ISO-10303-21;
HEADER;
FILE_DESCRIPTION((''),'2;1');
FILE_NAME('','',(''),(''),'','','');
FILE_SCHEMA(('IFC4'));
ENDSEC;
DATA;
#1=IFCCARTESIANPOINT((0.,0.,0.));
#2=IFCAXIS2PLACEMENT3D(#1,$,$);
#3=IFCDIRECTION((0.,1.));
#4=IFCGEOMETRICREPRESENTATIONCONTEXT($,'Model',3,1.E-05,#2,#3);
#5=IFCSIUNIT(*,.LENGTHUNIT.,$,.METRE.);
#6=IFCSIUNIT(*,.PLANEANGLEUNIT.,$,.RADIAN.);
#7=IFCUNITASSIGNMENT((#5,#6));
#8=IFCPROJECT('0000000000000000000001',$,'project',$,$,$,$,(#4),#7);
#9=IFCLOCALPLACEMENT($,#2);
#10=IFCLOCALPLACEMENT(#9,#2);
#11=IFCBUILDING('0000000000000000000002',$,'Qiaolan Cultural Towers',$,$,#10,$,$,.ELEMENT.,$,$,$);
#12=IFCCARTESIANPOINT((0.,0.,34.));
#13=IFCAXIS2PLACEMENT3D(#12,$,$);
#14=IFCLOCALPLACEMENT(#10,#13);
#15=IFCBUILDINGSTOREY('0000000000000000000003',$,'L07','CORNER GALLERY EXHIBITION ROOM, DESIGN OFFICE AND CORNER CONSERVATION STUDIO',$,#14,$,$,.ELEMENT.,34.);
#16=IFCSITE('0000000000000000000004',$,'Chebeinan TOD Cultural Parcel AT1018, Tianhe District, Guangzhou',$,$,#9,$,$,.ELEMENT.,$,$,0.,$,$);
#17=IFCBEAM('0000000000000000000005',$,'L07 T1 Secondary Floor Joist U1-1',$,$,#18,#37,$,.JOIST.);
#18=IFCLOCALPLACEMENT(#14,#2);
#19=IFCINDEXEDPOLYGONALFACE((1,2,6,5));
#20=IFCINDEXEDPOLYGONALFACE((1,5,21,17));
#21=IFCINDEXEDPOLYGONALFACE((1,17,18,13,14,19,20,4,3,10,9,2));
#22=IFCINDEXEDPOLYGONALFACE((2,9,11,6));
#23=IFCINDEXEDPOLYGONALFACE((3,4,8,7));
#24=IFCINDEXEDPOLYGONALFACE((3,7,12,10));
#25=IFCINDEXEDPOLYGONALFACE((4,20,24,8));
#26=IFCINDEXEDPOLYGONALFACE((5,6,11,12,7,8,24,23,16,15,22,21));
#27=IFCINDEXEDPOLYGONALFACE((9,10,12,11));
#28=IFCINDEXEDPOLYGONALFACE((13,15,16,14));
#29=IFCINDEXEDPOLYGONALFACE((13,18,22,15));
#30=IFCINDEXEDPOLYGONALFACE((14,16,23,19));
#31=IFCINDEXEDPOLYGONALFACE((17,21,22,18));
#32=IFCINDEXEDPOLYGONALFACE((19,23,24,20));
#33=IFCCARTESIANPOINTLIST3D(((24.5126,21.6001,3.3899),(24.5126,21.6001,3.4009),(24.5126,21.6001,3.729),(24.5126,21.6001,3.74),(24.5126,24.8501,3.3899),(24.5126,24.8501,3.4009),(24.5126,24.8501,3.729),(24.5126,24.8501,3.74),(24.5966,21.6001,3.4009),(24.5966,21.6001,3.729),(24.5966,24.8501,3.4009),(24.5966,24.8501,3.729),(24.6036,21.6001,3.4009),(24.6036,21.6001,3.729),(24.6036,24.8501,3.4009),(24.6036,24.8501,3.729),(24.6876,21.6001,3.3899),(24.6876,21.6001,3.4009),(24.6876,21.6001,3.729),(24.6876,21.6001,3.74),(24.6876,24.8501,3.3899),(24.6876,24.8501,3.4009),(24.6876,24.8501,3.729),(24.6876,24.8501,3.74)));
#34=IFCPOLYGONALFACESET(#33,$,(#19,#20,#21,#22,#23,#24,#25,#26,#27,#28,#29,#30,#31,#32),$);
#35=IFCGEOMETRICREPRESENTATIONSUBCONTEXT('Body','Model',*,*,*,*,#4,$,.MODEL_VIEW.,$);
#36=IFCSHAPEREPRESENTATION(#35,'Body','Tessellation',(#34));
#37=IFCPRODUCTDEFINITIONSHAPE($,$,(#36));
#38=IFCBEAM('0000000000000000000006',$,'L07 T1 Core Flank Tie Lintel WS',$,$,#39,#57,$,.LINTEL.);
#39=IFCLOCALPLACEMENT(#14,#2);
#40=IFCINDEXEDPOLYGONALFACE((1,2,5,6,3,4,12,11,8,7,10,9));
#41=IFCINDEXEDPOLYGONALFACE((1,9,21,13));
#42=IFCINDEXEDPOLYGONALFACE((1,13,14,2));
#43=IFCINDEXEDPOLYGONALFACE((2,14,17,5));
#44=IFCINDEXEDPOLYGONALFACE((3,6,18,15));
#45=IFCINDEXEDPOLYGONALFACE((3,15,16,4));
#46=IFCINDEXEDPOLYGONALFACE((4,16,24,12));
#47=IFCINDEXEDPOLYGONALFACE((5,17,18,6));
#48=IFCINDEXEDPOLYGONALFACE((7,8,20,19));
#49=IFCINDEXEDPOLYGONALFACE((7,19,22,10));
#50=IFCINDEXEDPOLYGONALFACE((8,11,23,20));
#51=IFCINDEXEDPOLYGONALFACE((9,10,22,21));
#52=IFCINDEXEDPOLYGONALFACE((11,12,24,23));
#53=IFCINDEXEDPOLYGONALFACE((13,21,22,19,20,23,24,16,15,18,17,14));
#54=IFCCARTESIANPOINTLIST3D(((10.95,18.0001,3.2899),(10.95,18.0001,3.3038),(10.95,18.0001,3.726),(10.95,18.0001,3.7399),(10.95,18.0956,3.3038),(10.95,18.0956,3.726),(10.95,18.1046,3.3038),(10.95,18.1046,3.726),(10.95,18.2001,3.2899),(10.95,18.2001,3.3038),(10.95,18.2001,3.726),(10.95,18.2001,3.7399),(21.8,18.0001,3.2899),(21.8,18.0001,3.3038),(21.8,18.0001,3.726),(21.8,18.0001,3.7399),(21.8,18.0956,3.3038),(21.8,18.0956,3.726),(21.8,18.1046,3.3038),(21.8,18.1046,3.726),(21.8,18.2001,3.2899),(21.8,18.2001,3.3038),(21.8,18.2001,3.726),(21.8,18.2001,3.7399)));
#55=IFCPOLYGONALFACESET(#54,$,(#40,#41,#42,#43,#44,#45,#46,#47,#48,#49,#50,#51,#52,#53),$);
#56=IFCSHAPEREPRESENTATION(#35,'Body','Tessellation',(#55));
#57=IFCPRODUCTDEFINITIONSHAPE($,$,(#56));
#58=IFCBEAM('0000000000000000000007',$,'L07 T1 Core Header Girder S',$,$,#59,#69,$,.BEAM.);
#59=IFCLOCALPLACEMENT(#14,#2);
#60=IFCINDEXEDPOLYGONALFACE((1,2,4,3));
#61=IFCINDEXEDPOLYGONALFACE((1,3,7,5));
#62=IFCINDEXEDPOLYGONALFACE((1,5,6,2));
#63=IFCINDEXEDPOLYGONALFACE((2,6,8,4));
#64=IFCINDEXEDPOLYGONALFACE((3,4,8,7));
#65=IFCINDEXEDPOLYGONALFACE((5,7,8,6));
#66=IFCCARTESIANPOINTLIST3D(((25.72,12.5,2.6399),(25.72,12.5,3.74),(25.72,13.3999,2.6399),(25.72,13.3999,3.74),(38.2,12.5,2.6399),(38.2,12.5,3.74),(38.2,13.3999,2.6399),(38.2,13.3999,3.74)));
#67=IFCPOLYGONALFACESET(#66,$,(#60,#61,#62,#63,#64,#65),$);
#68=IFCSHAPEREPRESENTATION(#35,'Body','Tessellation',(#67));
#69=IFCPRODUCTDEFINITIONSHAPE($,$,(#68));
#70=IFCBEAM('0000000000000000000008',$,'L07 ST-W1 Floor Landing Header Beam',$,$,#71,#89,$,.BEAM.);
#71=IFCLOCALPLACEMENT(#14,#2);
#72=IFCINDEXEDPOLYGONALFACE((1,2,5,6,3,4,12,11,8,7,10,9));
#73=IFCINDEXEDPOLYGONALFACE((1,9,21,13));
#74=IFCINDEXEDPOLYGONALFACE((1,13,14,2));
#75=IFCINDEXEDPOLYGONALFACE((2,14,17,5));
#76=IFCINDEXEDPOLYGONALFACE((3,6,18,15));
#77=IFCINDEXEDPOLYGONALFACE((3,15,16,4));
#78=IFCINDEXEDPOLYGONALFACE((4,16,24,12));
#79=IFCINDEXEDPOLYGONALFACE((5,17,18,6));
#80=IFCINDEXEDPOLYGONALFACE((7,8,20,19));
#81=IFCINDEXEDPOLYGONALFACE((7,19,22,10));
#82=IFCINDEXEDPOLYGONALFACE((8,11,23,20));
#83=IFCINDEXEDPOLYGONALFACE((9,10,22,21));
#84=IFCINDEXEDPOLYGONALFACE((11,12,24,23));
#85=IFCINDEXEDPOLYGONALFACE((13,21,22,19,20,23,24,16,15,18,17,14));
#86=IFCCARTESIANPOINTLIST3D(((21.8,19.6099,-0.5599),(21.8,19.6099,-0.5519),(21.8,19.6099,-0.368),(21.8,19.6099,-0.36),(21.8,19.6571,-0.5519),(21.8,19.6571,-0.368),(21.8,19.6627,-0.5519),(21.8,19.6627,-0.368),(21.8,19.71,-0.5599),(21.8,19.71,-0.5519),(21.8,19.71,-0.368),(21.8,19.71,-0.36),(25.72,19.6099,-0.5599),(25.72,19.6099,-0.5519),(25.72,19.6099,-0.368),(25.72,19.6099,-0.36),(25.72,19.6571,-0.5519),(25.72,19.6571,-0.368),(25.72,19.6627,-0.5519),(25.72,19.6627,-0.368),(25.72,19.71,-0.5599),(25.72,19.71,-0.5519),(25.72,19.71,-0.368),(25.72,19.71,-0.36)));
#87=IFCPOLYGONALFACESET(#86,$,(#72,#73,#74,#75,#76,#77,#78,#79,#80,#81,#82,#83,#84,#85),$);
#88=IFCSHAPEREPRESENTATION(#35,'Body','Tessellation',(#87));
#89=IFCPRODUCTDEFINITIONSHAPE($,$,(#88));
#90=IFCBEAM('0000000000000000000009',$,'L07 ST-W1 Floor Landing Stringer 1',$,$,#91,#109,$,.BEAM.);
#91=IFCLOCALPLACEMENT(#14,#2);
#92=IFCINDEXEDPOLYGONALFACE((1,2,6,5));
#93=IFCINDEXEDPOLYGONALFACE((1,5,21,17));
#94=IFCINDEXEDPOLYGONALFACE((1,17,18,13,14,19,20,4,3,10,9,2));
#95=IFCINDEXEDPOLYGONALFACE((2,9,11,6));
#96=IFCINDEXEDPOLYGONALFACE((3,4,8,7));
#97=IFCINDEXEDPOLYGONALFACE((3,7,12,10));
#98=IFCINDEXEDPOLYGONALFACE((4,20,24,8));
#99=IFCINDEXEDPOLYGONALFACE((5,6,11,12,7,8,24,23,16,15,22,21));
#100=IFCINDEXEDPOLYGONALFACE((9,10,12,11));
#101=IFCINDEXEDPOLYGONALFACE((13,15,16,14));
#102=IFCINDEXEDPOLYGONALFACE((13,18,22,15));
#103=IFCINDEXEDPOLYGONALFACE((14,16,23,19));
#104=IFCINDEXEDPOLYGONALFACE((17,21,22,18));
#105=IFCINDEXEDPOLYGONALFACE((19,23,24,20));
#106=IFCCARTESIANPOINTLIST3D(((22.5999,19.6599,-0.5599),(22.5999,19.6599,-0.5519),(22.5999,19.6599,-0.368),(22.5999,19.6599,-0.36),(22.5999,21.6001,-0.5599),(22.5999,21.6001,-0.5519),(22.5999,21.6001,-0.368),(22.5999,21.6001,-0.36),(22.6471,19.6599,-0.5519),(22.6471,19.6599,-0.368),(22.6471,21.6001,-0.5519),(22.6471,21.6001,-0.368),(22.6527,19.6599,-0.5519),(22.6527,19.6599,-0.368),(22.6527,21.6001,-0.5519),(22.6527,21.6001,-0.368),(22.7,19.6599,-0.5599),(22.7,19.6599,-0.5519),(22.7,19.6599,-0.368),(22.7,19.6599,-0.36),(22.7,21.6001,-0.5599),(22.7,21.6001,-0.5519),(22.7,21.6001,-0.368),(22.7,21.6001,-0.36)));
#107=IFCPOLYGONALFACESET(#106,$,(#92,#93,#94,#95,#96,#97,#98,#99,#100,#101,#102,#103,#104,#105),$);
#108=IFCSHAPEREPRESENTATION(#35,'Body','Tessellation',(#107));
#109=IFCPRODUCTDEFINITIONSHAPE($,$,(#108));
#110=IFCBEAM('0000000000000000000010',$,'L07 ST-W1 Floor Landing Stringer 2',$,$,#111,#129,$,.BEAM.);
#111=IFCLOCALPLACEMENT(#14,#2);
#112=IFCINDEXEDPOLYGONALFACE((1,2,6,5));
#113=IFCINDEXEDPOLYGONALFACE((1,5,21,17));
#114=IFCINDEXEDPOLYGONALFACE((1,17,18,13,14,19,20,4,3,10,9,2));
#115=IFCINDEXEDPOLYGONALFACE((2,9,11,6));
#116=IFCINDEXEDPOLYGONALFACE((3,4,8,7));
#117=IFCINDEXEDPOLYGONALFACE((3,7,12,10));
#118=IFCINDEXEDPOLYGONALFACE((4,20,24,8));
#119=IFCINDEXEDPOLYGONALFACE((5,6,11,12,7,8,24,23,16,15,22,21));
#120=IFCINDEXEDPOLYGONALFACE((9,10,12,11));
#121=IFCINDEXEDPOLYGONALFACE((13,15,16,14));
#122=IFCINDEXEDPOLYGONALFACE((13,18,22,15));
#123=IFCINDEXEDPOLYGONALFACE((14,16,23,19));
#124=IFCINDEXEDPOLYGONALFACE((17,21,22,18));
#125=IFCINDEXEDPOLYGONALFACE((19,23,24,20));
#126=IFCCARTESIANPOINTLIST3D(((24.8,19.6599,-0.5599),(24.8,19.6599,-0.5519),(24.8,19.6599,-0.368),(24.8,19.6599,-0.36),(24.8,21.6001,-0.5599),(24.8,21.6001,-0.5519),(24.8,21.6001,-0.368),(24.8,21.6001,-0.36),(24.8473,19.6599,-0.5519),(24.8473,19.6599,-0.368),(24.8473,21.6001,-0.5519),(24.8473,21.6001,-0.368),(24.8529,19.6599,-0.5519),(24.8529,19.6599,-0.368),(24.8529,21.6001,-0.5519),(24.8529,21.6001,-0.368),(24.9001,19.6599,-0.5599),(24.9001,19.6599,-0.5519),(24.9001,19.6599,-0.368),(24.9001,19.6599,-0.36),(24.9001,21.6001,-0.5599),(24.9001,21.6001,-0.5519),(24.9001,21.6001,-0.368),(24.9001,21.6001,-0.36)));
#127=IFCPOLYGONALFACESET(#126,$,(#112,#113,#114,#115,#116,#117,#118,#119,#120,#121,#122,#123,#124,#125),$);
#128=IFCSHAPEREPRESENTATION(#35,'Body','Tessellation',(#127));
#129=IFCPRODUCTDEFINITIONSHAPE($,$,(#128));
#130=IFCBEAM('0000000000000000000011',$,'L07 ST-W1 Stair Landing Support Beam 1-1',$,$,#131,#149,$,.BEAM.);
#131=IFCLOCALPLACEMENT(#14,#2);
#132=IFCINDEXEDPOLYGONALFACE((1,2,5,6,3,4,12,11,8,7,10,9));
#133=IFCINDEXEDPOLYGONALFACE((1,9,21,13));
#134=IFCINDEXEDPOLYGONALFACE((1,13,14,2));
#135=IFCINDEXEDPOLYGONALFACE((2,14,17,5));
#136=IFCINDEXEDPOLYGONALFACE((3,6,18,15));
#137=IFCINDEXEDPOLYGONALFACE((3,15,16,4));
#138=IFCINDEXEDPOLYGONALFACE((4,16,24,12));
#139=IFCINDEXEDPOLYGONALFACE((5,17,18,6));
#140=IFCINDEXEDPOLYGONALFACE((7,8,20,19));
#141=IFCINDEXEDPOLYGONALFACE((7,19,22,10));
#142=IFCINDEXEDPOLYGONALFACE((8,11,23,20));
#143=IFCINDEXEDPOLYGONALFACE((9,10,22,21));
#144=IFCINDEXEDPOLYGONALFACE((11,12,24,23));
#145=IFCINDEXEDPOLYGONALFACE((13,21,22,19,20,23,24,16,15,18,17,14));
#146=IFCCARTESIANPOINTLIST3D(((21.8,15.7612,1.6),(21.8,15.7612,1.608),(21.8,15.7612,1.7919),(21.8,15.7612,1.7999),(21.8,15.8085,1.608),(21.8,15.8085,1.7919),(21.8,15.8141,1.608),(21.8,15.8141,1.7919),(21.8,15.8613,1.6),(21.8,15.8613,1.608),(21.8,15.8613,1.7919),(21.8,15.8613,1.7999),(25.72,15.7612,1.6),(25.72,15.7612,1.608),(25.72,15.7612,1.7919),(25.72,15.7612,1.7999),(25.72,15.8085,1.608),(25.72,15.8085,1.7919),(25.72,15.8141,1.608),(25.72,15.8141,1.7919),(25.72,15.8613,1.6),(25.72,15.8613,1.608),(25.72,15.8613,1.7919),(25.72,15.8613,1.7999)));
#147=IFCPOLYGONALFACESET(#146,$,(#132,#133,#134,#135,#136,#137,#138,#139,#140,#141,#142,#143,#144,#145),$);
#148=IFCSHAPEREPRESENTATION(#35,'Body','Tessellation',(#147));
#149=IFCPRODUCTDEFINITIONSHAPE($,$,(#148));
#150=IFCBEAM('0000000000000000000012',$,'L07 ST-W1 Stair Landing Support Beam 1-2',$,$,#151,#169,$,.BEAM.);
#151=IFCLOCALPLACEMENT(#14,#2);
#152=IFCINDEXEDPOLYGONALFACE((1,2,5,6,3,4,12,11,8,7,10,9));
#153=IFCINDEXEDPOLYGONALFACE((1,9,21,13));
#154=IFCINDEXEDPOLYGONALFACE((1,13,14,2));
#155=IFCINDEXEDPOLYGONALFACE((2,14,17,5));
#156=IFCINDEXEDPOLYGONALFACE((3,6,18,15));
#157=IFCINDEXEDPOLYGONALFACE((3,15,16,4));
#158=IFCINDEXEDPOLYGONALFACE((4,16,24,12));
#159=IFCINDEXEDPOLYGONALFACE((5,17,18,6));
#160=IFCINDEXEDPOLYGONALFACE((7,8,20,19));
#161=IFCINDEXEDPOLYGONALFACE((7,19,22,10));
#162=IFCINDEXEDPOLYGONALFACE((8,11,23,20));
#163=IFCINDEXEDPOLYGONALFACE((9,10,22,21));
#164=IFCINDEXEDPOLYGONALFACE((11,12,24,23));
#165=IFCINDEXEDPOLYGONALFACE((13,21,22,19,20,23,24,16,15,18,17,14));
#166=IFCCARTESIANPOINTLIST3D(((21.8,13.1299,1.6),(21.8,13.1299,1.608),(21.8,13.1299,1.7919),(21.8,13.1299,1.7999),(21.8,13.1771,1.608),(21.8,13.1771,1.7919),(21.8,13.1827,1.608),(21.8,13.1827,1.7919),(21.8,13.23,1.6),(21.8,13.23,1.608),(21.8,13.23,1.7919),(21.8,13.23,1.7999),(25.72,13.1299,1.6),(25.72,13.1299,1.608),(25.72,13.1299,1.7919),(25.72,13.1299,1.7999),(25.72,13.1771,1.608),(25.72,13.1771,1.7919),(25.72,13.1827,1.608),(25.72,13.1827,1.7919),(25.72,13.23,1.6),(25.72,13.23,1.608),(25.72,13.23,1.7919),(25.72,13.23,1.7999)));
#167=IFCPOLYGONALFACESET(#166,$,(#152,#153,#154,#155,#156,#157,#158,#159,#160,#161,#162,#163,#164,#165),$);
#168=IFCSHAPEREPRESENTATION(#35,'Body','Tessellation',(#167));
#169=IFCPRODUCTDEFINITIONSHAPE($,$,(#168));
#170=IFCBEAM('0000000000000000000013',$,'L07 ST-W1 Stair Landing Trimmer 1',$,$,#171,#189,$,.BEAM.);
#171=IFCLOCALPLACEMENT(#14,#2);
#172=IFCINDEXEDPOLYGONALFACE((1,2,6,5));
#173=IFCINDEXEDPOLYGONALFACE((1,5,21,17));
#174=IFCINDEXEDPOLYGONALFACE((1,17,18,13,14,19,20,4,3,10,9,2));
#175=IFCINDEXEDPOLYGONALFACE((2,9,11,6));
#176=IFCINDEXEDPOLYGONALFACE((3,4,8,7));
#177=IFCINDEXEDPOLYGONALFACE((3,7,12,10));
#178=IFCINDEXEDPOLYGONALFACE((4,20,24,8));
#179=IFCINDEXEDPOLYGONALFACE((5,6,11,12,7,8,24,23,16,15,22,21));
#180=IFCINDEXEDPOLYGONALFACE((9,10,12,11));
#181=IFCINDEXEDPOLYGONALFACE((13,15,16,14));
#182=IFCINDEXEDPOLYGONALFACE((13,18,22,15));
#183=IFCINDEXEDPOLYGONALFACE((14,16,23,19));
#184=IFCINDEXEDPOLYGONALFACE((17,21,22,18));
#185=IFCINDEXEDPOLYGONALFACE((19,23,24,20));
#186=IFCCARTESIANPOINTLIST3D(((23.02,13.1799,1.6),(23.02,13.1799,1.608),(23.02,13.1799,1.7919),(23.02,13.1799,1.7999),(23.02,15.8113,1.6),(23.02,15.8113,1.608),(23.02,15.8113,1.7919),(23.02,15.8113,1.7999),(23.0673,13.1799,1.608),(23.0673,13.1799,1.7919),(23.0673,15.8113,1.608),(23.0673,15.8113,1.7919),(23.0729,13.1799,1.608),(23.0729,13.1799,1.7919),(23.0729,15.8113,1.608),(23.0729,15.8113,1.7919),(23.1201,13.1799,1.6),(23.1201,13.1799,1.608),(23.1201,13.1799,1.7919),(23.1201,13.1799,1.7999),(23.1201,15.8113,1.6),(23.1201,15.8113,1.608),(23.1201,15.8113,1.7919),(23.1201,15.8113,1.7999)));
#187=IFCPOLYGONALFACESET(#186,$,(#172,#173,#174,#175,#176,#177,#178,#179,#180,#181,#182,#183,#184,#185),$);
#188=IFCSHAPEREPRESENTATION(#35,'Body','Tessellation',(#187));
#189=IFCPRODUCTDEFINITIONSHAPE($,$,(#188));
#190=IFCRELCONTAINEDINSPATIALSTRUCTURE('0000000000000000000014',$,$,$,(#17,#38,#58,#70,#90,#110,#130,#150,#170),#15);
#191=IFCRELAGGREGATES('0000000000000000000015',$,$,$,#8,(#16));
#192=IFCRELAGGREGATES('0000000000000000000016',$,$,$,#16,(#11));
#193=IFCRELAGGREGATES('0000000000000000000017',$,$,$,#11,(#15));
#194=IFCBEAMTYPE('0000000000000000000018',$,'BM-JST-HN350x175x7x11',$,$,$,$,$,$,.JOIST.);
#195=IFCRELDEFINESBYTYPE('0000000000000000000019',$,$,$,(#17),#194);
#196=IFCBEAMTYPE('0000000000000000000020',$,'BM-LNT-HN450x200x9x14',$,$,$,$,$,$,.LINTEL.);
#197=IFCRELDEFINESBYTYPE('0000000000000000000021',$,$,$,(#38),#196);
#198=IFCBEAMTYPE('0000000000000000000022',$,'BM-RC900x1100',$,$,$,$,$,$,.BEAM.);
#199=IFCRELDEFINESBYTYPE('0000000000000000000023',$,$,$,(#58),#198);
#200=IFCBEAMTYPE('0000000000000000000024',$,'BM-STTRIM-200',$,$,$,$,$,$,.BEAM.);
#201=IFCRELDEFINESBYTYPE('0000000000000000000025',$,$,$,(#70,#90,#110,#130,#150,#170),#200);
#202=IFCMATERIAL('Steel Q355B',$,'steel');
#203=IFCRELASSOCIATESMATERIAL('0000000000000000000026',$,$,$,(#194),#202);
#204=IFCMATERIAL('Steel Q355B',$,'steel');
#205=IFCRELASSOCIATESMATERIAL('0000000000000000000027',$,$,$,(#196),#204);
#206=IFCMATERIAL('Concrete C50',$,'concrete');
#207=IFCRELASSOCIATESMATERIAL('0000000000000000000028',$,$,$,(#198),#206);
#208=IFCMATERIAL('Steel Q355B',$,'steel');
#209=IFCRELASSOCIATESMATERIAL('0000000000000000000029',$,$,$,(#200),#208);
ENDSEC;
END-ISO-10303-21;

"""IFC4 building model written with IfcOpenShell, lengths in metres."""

from ifc_helpers import new_model, si_unit, direction, frame, origin, origin_2d, place, context, subcontext, project, spatial, rectangle, i_section, extrude, material, material_profile, profile_set, type_object, element, save


model = new_model("IFC4")

# Units and contexts
model_context = context("Model", 3, precision=1e-05, world=origin(), true_north=direction((0.0, 1.0)))
body_context = subcontext(model_context, "Body", "Model", "MODEL_VIEW")
ifc_project = project(units=[si_unit("LENGTHUNIT", "METRE"), si_unit("PLANEANGLEUNIT", "RADIAN")], contexts=[model_context])

# Site, building, storey
site_placement = place(None, origin())
site = spatial("IfcSite", under=ifc_project, at=site_placement, Name="Chebeinan TOD Cultural Parcel AT1018, Tianhe District, Guangzhou", CompositionType="ELEMENT", RefElevation=0.0)
building_placement = place(site_placement, origin())
building = spatial("IfcBuilding", under=site, at=building_placement, Name="Qiaolan Cultural Towers", CompositionType="ELEMENT")
storey_placement = place(building_placement, frame((0.0, 0.0, 34.0)))
storey = spatial("IfcBuildingStorey", under=building, at=storey_placement, Name="L07", Description="CORNER GALLERY EXHIBITION ROOM, DESIGN OFFICE AND CORNER CONSERVATION STUDIO", CompositionType="ELEMENT", Elevation=34.0)

# Beams
ifc_material_1 = material(Name="Steel Q355B", Category="steel")
ifc_material_profile_1 = material_profile(ifc_material_1, i_section(OverallWidth=0.175, OverallDepth=0.3501, WebThickness=0.0071, FlangeThickness=0.011, at=origin_2d()), Name="HN350x175x7x11")
ifc_profile_set_1 = profile_set([ifc_material_profile_1], Name="Steel Q355B")
beam_type_1 = type_object("IfcBeamType", Name="BM-JST-HN350x175x7x11", PredefinedType="JOIST", material=ifc_profile_set_1)
beam_1_placement = place(storey_placement, frame((24.6001, 21.6001, 3.5649), z_axis=(0.0, 1.0, 0.0), x_axis=(-1.0, 0.0, 0.0)))
element("IfcBeam", 1, at=beam_1_placement, inside=storey, type_object=beam_type_1, Name="L07 T1 Secondary Floor Joist U1-1", PredefinedType="JOIST", context=body_context, shape_type="SweptSolid", body=[
    extrude(i_section(OverallWidth=0.175, OverallDepth=0.3501, WebThickness=0.0071, FlangeThickness=0.011, at=origin_2d()), origin(), (0.0, 0.0, 1.0), 3.25),
])
ifc_material_2 = material(Name="Steel Q355B", Category="steel")
ifc_material_profile_2 = material_profile(ifc_material_2, i_section(OverallWidth=0.2, OverallDepth=0.45, WebThickness=0.009, FlangeThickness=0.0139, at=origin_2d()), Name="HN450x200x9x14")
ifc_profile_set_2 = profile_set([ifc_material_profile_2], Name="Steel Q355B")
beam_type_2 = type_object("IfcBeamType", Name="BM-LNT-HN450x200x9x14", PredefinedType="LINTEL", material=ifc_profile_set_2)
beam_2_placement = place(storey_placement, frame((21.8, 18.1001, 3.5149), z_axis=(-1.0, 0.0, 0.0), x_axis=(0.0, -1.0, 0.0)))
element("IfcBeam", 2, at=beam_2_placement, inside=storey, type_object=beam_type_2, Name="L07 T1 Core Flank Tie Lintel WS", PredefinedType="LINTEL", context=body_context, shape_type="SweptSolid", body=[
    extrude(i_section(OverallWidth=0.2, OverallDepth=0.45, WebThickness=0.009, FlangeThickness=0.0139, at=origin_2d()), origin(), (0.0, 0.0, 1.0), 10.8501),
])
ifc_material_3 = material(Name="Concrete C50", Category="concrete")
ifc_material_profile_3 = material_profile(ifc_material_3, rectangle(XDim=0.8999, YDim=1.1001, at=origin_2d()), Name="RC900x1100")
ifc_profile_set_3 = profile_set([ifc_material_profile_3], Name="Concrete C50")
beam_type_3 = type_object("IfcBeamType", Name="BM-RC900x1100", PredefinedType="BEAM", material=ifc_profile_set_3)
beam_3_placement = place(storey_placement, frame((25.72, 12.95, 3.1899), z_axis=(1.0, 0.0, 0.0), x_axis=(0.0, 1.0, 0.0)))
element("IfcBeam", 3, at=beam_3_placement, inside=storey, type_object=beam_type_3, Name="L07 T1 Core Header Girder S", PredefinedType="BEAM", context=body_context, shape_type="SweptSolid", body=[
    extrude(rectangle(XDim=0.8999, YDim=1.1001, at=origin_2d()), origin(), (0.0, 0.0, 1.0), 12.48),
])
ifc_material_4 = material(Name="Steel Q355B", Category="steel")
ifc_material_profile_4 = material_profile(ifc_material_4, i_section(OverallWidth=0.1001, OverallDepth=0.2, WebThickness=0.0056, FlangeThickness=0.0081, at=origin_2d()), Name="HN200x100x5.5x8")
ifc_profile_set_4 = profile_set([ifc_material_profile_4], Name="Steel Q355B")
beam_type_4 = type_object("IfcBeamType", Name="BM-STTRIM-200", PredefinedType="BEAM", material=ifc_profile_set_4)
beam_4_placement = place(storey_placement, frame((21.8, 19.6599, -0.46), z_axis=(1.0, 0.0, 0.0), x_axis=(0.0, 1.0, 0.0)))
element("IfcBeam", 4, at=beam_4_placement, inside=storey, type_object=beam_type_4, Name="L07 ST-W1 Floor Landing Header Beam", PredefinedType="BEAM", context=body_context, shape_type="SweptSolid", body=[
    extrude(i_section(OverallWidth=0.1001, OverallDepth=0.2, WebThickness=0.0056, FlangeThickness=0.0081, at=origin_2d()), origin(), (0.0, 0.0, 1.0), 3.9199),
])
for number, where, z_axis, x_axis, name in (
    (5, (22.6499, 21.6001, -0.46), (0.0, -1.0, 0.0), (1.0, 0.0, 0.0), "L07 ST-W1 Floor Landing Stringer 1"),
    (6, (24.8501, 21.6001, -0.46), (0.0, -1.0, 0.0), (1.0, 0.0, 0.0), "L07 ST-W1 Floor Landing Stringer 2"),
):
    element("IfcBeam", number, at=place(storey_placement, frame(where, z_axis=z_axis, x_axis=x_axis)), inside=storey, type_object=beam_type_4, Name=name, PredefinedType="BEAM", context=body_context, shape_type="SweptSolid", body=[
        extrude(i_section(OverallWidth=0.1001, OverallDepth=0.2, WebThickness=0.0056, FlangeThickness=0.0081, at=origin_2d()), origin(), (0.0, 0.0, 1.0), 1.9402),
    ])
for number, where, z_axis, x_axis, name in (
    (7, (21.8, 15.8113, 1.7), (1.0, 0.0, 0.0), (0.0, 1.0, 0.0), "L07 ST-W1 Stair Landing Support Beam 1-1"),
    (8, (21.8, 13.1799, 1.7), (1.0, 0.0, 0.0), (0.0, 1.0, 0.0), "L07 ST-W1 Stair Landing Support Beam 1-2"),
):
    element("IfcBeam", number, at=place(storey_placement, frame(where, z_axis=z_axis, x_axis=x_axis)), inside=storey, type_object=beam_type_4, Name=name, PredefinedType="BEAM", context=body_context, shape_type="SweptSolid", body=[
        extrude(i_section(OverallWidth=0.1001, OverallDepth=0.2, WebThickness=0.0056, FlangeThickness=0.0081, at=origin_2d()), origin(), (0.0, 0.0, 1.0), 3.9199),
    ])
beam_5_placement = place(storey_placement, frame((23.0701, 15.8113, 1.7), z_axis=(0.0, -1.0, 0.0), x_axis=(1.0, 0.0, 0.0)))
element("IfcBeam", 9, at=beam_5_placement, inside=storey, type_object=beam_type_4, Name="L07 ST-W1 Stair Landing Trimmer 1", PredefinedType="BEAM", context=body_context, shape_type="SweptSolid", body=[
    extrude(i_section(OverallWidth=0.1001, OverallDepth=0.2, WebThickness=0.0056, FlangeThickness=0.0081, at=origin_2d()), origin(), (0.0, 0.0, 1.0), 2.6313),
])

save(model, "model.ifc")
